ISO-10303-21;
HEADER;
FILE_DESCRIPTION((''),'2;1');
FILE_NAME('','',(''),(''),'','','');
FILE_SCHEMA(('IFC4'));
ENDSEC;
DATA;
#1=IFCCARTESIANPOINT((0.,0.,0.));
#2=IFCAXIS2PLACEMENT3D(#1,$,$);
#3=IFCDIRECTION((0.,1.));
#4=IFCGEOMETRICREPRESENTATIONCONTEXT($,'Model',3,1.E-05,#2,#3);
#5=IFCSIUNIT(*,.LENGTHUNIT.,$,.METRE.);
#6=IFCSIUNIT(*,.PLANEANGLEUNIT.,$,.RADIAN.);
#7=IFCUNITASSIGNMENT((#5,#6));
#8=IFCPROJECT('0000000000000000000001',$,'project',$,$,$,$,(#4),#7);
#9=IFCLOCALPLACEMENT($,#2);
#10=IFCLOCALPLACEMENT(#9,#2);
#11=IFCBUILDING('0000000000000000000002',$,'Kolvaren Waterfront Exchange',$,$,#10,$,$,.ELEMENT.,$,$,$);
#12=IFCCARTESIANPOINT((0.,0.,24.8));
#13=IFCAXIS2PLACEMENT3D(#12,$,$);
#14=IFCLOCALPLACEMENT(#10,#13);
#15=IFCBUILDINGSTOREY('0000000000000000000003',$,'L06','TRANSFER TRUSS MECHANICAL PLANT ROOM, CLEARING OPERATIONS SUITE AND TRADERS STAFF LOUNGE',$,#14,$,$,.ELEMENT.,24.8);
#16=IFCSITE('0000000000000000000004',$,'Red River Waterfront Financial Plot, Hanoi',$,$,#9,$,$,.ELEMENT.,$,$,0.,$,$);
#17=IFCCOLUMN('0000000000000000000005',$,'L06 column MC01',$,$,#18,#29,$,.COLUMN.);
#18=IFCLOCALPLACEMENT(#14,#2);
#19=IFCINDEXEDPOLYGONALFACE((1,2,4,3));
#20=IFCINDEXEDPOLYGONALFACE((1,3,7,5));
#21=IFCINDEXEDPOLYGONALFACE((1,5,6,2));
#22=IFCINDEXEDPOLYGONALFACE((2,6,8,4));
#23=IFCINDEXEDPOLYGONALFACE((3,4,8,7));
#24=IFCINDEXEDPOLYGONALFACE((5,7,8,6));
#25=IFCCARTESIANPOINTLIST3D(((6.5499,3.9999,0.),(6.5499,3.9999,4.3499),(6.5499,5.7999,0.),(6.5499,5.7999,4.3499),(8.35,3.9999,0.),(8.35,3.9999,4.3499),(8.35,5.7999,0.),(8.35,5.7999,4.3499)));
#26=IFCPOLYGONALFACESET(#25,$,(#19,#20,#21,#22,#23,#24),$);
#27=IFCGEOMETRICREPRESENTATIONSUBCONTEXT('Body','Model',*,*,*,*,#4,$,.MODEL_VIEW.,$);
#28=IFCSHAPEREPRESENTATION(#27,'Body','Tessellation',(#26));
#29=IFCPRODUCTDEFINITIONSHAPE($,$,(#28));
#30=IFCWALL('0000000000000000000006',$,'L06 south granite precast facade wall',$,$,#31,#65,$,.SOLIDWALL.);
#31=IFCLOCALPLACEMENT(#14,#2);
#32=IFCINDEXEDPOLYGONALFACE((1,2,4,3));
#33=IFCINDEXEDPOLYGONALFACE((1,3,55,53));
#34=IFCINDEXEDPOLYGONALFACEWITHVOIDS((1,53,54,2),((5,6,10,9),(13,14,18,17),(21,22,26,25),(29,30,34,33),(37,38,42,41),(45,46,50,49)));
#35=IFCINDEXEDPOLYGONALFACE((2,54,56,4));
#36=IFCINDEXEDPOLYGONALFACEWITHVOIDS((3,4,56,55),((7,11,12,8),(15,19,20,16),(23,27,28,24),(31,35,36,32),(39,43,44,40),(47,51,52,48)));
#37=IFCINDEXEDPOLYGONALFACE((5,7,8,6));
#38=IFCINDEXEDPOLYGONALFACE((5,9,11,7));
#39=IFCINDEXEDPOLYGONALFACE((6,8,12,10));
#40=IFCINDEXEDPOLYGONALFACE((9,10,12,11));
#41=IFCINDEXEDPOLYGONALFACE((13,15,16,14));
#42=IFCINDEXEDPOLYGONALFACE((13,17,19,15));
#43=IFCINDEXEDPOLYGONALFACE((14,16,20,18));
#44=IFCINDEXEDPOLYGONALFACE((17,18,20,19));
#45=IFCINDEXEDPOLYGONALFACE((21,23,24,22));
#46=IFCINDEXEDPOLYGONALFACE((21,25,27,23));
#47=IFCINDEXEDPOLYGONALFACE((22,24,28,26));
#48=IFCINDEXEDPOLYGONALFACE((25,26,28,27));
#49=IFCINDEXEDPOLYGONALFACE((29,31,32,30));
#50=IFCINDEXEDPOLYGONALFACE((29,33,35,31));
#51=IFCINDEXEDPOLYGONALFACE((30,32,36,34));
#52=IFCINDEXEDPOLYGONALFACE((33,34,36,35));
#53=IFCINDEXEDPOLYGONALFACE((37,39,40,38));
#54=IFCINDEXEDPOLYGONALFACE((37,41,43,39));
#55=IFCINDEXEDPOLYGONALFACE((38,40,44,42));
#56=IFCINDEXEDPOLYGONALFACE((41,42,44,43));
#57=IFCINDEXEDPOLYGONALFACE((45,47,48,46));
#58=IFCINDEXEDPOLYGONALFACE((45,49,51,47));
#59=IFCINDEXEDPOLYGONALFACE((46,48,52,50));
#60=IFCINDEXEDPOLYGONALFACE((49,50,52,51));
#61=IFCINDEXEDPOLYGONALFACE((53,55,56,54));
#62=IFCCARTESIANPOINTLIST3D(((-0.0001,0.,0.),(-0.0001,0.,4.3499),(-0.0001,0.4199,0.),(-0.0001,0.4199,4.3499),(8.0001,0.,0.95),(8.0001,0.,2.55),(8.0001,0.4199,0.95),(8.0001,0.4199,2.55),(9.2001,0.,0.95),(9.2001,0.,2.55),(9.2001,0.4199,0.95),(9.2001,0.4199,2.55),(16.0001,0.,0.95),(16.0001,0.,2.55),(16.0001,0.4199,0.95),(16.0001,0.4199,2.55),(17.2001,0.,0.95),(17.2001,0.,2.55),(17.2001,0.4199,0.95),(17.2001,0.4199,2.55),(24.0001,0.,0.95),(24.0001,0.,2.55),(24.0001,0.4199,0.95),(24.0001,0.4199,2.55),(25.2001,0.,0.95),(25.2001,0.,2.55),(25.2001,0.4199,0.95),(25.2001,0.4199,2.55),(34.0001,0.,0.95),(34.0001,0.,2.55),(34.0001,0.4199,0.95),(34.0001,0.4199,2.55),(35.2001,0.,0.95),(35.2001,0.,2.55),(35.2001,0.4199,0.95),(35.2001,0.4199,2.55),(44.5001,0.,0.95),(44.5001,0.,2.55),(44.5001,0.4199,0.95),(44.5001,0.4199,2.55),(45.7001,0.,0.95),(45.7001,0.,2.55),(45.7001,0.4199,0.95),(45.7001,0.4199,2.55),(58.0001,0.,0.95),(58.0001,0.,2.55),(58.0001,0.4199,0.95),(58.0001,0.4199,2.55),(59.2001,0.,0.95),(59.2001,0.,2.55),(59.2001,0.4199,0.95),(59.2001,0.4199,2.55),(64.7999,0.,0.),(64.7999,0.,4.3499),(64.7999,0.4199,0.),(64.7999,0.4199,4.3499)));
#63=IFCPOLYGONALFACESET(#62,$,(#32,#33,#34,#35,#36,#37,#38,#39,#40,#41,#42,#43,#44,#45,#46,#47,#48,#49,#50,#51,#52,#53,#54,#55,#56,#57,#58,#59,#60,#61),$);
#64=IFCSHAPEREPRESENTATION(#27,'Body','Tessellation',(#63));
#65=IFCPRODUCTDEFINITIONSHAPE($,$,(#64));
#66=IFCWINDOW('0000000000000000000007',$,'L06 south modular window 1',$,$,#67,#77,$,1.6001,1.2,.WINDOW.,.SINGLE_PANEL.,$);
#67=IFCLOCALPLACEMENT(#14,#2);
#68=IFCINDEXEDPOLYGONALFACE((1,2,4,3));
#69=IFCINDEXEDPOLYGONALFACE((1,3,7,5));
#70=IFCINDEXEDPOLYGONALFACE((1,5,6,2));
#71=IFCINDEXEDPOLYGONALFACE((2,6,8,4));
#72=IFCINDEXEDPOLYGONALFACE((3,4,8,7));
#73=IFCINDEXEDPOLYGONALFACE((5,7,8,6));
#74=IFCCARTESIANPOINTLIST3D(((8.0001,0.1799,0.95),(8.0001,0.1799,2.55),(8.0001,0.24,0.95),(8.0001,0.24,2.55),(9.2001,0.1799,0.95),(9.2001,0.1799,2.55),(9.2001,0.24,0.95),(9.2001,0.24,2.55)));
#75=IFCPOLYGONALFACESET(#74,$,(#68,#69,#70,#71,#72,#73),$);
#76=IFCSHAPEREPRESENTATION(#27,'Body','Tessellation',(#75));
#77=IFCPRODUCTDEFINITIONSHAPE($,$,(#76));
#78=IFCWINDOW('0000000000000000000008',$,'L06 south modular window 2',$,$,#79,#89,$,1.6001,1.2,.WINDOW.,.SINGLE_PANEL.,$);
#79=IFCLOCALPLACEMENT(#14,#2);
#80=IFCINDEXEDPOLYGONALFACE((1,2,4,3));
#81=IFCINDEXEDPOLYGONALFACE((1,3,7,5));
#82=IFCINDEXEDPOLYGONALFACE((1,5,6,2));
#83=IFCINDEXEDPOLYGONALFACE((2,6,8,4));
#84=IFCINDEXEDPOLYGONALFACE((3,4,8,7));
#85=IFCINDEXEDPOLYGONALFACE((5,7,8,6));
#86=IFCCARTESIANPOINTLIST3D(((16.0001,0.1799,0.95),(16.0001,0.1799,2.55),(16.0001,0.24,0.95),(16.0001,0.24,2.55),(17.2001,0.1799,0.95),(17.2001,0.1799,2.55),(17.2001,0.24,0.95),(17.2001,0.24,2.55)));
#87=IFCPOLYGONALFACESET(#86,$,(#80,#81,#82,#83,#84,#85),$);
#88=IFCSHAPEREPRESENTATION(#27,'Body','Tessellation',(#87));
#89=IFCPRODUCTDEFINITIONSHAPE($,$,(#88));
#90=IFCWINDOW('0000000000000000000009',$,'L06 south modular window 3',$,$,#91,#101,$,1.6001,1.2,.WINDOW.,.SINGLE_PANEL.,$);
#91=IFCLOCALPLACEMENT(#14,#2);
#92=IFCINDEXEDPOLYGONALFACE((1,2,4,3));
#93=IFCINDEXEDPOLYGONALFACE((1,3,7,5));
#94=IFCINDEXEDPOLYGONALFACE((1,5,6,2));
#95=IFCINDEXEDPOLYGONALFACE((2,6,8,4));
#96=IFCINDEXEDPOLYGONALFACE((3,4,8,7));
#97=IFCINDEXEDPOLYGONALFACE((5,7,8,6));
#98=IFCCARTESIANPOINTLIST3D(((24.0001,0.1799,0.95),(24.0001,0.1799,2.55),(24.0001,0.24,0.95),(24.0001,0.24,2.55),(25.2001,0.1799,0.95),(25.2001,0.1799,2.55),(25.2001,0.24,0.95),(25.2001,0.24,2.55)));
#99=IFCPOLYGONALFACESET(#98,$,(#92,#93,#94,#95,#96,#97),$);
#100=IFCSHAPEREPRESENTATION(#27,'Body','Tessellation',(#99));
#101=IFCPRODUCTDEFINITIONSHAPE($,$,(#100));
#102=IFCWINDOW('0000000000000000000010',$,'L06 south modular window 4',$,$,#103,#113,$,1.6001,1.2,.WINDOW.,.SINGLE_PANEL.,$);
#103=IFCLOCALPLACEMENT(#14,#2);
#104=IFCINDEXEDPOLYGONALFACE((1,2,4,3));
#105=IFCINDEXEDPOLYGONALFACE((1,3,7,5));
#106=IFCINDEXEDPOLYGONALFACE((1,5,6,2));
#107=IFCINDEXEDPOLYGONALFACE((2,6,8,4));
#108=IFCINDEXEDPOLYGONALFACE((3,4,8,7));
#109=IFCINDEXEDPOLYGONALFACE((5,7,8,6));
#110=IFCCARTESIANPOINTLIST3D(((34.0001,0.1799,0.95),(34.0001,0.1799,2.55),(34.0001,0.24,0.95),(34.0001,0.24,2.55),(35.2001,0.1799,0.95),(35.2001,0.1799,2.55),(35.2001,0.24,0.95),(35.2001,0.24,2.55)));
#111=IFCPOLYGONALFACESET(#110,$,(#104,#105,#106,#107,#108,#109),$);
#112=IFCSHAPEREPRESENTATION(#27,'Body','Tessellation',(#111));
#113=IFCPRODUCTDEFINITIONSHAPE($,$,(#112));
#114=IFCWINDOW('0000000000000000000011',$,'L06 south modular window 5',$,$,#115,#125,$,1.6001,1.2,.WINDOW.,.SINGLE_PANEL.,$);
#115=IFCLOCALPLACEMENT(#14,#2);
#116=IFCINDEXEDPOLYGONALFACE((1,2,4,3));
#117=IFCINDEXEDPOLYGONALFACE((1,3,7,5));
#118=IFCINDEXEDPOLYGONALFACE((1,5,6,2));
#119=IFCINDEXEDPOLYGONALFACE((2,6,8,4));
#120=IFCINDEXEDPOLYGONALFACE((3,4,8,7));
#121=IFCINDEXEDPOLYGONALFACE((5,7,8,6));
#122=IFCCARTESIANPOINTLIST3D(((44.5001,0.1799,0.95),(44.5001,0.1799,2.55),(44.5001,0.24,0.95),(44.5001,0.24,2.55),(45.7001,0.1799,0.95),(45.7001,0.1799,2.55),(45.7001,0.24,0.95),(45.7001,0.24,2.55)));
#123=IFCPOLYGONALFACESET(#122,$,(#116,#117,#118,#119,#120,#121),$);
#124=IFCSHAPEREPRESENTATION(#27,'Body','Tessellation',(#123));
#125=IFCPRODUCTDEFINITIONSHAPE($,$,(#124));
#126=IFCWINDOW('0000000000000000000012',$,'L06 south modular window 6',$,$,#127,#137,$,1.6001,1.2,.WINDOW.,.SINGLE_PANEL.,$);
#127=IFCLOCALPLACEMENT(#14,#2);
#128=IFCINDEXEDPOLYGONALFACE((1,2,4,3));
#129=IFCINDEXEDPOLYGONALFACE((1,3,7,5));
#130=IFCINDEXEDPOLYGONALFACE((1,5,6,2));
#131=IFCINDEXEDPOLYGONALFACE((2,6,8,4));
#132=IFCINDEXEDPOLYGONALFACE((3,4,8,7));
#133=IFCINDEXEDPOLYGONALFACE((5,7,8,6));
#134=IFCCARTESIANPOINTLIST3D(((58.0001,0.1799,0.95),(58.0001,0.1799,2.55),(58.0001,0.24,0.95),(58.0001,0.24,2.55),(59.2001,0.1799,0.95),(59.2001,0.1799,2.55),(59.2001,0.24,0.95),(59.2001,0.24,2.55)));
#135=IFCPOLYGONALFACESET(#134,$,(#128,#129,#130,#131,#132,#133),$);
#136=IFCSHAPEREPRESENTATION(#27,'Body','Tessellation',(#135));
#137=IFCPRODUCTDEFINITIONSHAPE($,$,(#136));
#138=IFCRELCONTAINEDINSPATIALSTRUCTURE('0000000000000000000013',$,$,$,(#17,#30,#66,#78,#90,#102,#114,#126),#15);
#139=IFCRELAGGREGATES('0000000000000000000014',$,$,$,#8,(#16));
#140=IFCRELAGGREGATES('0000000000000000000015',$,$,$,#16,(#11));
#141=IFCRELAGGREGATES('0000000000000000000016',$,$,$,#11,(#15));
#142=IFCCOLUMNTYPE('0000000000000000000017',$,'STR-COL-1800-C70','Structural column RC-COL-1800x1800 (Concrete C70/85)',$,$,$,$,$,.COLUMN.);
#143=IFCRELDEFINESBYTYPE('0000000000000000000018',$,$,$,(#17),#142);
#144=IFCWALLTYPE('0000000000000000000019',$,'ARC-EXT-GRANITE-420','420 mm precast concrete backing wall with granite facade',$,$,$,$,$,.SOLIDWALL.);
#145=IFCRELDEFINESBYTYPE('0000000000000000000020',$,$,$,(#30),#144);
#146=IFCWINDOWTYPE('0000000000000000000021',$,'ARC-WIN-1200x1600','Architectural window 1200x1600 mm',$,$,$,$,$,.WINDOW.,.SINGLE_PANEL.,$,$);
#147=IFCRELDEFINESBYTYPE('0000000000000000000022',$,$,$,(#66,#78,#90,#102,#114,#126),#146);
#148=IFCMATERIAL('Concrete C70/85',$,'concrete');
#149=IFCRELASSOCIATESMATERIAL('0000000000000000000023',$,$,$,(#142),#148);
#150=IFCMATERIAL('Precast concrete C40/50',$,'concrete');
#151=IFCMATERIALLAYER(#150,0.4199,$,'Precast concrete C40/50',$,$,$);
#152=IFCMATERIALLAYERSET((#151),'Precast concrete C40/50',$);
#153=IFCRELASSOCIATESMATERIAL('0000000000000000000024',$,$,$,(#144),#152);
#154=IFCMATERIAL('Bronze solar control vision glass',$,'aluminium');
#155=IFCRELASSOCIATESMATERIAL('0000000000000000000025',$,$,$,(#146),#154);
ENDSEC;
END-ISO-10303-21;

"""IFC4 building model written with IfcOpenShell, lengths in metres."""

from ifc_helpers import new_model, si_unit, direction, frame, frame_2d, origin, origin_2d, place, context, subcontext, project, spatial, rectangle, extrude, material, layer, layer_set, material_profile, profile_set, type_object, element, fill, save


model = new_model("IFC4")

# Units and contexts
model_context = context("Model", 3, precision=1e-05, world=origin(), true_north=direction((0.0, 1.0)))
body_context = subcontext(model_context, "Body", "Model", "MODEL_VIEW")
ifc_project = project(units=[si_unit("LENGTHUNIT", "METRE"), si_unit("PLANEANGLEUNIT", "RADIAN")], contexts=[model_context])

# Site, building, storey
site_placement = place(None, origin())
site = spatial("IfcSite", under=ifc_project, at=site_placement, Name="Red River Waterfront Financial Plot, Hanoi", CompositionType="ELEMENT", RefElevation=0.0)
building_placement = place(site_placement, origin())
building = spatial("IfcBuilding", under=site, at=building_placement, Name="Kolvaren Waterfront Exchange", CompositionType="ELEMENT")
storey_placement = place(building_placement, frame((0.0, 0.0, 24.8)))
storey = spatial("IfcBuildingStorey", under=building, at=storey_placement, Name="L06", Description="TRANSFER TRUSS MECHANICAL PLANT ROOM, CLEARING OPERATIONS SUITE AND TRADERS STAFF LOUNGE", CompositionType="ELEMENT", Elevation=24.8)

# Column
ifc_material_1 = material(Name="Concrete C70/85", Category="concrete")
ifc_material_profile = material_profile(ifc_material_1, rectangle(XDim=1.8, YDim=1.8, at=origin_2d()), Name="RC-COL-1800x1800")
ifc_profile_set = profile_set([ifc_material_profile], Name="Concrete C70/85")
column_type = type_object("IfcColumnType", Name="STR-COL-1800-C70", Description="Structural column RC-COL-1800x1800 (Concrete C70/85)", PredefinedType="COLUMN", material=ifc_profile_set)
column_placement = place(storey_placement, frame((7.45, 4.8999, 0.0), z_axis=(0.0, 0.0, 1.0), x_axis=(1.0, 0.0, 0.0)))
element("IfcColumn", 1, at=column_placement, inside=storey, type_object=column_type, Name="L06 column MC01", PredefinedType="COLUMN", context=body_context, shape_type="SweptSolid", body=[
    extrude(rectangle(XDim=1.8, YDim=1.8, at=origin_2d()), origin(), (0.0, 0.0, 1.0), 4.3499),
])

# Wall, openings, windows
ifc_material_2 = material(Name="Precast concrete C40/50", Category="concrete")
ifc_layer_1 = layer(ifc_material_2, 0.4199, Name="Precast concrete C40/50")
ifc_layer_set_1 = layer_set([ifc_layer_1], Name="Precast concrete C40/50")
wall_type_1 = type_object("IfcWallType", Name="ARC-EXT-GRANITE-420", Description="420 mm precast concrete backing wall with granite facade", PredefinedType="SOLIDWALL", material=ifc_layer_set_1)
wall_1_placement = place(storey_placement, frame((0.0, 0.21, 0.0), z_axis=(0.0, 0.0, 1.0), x_axis=(1.0, 0.0, 0.0)))
wall_1 = element("IfcWall", 2, at=wall_1_placement, inside=storey, type_object=wall_type_1, Name="L06 south granite precast facade wall", PredefinedType="SOLIDWALL", context=body_context, shape_type="SweptSolid", body=[
    extrude(rectangle(XDim=64.8, YDim=0.4199, at=frame_2d((32.3999, 0.0))), origin(), (0.0, 0.0, 1.0), 4.3499),
])
opening_1_placement = place(wall_1_placement, frame((8.0, 0.0, 0.95)))
opening_1 = element("IfcOpeningElement", 3, at=opening_1_placement, cuts=wall_1, PredefinedType="OPENING", context=body_context, shape_type="SweptSolid", body=[
    extrude(rectangle(XDim=1.2, YDim=1.6001, at=frame_2d((0.6001, 0.8))), frame((0.0, 0.22, 0.0), z_axis=(0.0, -1.0, 0.0), x_axis=(1.0, 0.0, 0.0)), (0.0, 0.0, 1.0), 0.4399),
])
opening_2_placement = place(wall_1_placement, frame((16.0, 0.0, 0.95)))
opening_2 = element("IfcOpeningElement", 4, at=opening_2_placement, cuts=wall_1, PredefinedType="OPENING", context=body_context, shape_type="SweptSolid", body=[
    extrude(rectangle(XDim=1.2, YDim=1.6001, at=frame_2d((0.6001, 0.8))), frame((0.0, 0.22, 0.0), z_axis=(0.0, -1.0, 0.0), x_axis=(1.0, 0.0, 0.0)), (0.0, 0.0, 1.0), 0.4399),
])
opening_3_placement = place(wall_1_placement, frame((24.0, 0.0, 0.95)))
opening_3 = element("IfcOpeningElement", 5, at=opening_3_placement, cuts=wall_1, PredefinedType="OPENING", context=body_context, shape_type="SweptSolid", body=[
    extrude(rectangle(XDim=1.2, YDim=1.6001, at=frame_2d((0.6001, 0.8))), frame((0.0, 0.22, 0.0), z_axis=(0.0, -1.0, 0.0), x_axis=(1.0, 0.0, 0.0)), (0.0, 0.0, 1.0), 0.4399),
])
opening_4_placement = place(wall_1_placement, frame((34.0, 0.0, 0.95)))
opening_4 = element("IfcOpeningElement", 6, at=opening_4_placement, cuts=wall_1, PredefinedType="OPENING", context=body_context, shape_type="SweptSolid", body=[
    extrude(rectangle(XDim=1.2, YDim=1.6001, at=frame_2d((0.6001, 0.8))), frame((0.0, 0.22, 0.0), z_axis=(0.0, -1.0, 0.0), x_axis=(1.0, 0.0, 0.0)), (0.0, 0.0, 1.0), 0.4399),
])
opening_5_placement = place(wall_1_placement, frame((44.5, 0.0, 0.95)))
opening_5 = element("IfcOpeningElement", 7, at=opening_5_placement, cuts=wall_1, PredefinedType="OPENING", context=body_context, shape_type="SweptSolid", body=[
    extrude(rectangle(XDim=1.2, YDim=1.6001, at=frame_2d((0.6001, 0.8))), frame((0.0, 0.22, 0.0), z_axis=(0.0, -1.0, 0.0), x_axis=(1.0, 0.0, 0.0)), (0.0, 0.0, 1.0), 0.4399),
])
opening_6_placement = place(wall_1_placement, frame((58.0, 0.0, 0.95)))
opening_6 = element("IfcOpeningElement", 8, at=opening_6_placement, cuts=wall_1, PredefinedType="OPENING", context=body_context, shape_type="SweptSolid", body=[
    extrude(rectangle(XDim=1.2, YDim=1.6001, at=frame_2d((0.6001, 0.8))), frame((0.0, 0.22, 0.0), z_axis=(0.0, -1.0, 0.0), x_axis=(1.0, 0.0, 0.0)), (0.0, 0.0, 1.0), 0.4399),
])
ifc_material_3 = material(Name="Bronze solar control vision glass", Category="aluminium")
window_type = type_object("IfcWindowType", Name="ARC-WIN-1200x1600", Description="Architectural window 1200x1600 mm", PartitioningType="SINGLE_PANEL", PredefinedType="WINDOW", material=ifc_material_3)
window_1_placement = place(opening_1_placement, origin())
window_1 = element("IfcWindow", 9, at=window_1_placement, inside=storey, type_object=window_type, Name="L06 south modular window 1", OverallHeight=1.6001, OverallWidth=1.2, PartitioningType="SINGLE_PANEL", PredefinedType="WINDOW", context=body_context, shape_type="SweptSolid", body=[
    extrude(rectangle(XDim=1.2, YDim=1.6001, at=frame_2d((0.6001, 0.8))), frame((0.0, 0.03, 0.0), z_axis=(0.0, -1.0, 0.0), x_axis=(1.0, 0.0, 0.0)), (0.0, 0.0, 1.0), 0.0601),
])
fill(opening_1, window_1)
window_2_placement = place(opening_2_placement, origin())
window_2 = element("IfcWindow", 10, at=window_2_placement, inside=storey, type_object=window_type, Name="L06 south modular window 2", OverallHeight=1.6001, OverallWidth=1.2, PartitioningType="SINGLE_PANEL", PredefinedType="WINDOW", context=body_context, shape_type="SweptSolid", body=[
    extrude(rectangle(XDim=1.2, YDim=1.6001, at=frame_2d((0.6001, 0.8))), frame((0.0, 0.03, 0.0), z_axis=(0.0, -1.0, 0.0), x_axis=(1.0, 0.0, 0.0)), (0.0, 0.0, 1.0), 0.0601),
])
fill(opening_2, window_2)
window_3_placement = place(opening_3_placement, origin())
window_3 = element("IfcWindow", 11, at=window_3_placement, inside=storey, type_object=window_type, Name="L06 south modular window 3", OverallHeight=1.6001, OverallWidth=1.2, PartitioningType="SINGLE_PANEL", PredefinedType="WINDOW", context=body_context, shape_type="SweptSolid", body=[
    extrude(rectangle(XDim=1.2, YDim=1.6001, at=frame_2d((0.6001, 0.8))), frame((0.0, 0.03, 0.0), z_axis=(0.0, -1.0, 0.0), x_axis=(1.0, 0.0, 0.0)), (0.0, 0.0, 1.0), 0.0601),
])
fill(opening_3, window_3)
window_4_placement = place(opening_4_placement, origin())
window_4 = element("IfcWindow", 12, at=window_4_placement, inside=storey, type_object=window_type, Name="L06 south modular window 4", OverallHeight=1.6001, OverallWidth=1.2, PartitioningType="SINGLE_PANEL", PredefinedType="WINDOW", context=body_context, shape_type="SweptSolid", body=[
    extrude(rectangle(XDim=1.2, YDim=1.6001, at=frame_2d((0.6001, 0.8))), frame((0.0, 0.03, 0.0), z_axis=(0.0, -1.0, 0.0), x_axis=(1.0, 0.0, 0.0)), (0.0, 0.0, 1.0), 0.0601),
])
fill(opening_4, window_4)
window_5_placement = place(opening_5_placement, origin())
window_5 = element("IfcWindow", 13, at=window_5_placement, inside=storey, type_object=window_type, Name="L06 south modular window 5", OverallHeight=1.6001, OverallWidth=1.2, PartitioningType="SINGLE_PANEL", PredefinedType="WINDOW", context=body_context, shape_type="SweptSolid", body=[
    extrude(rectangle(XDim=1.2, YDim=1.6001, at=frame_2d((0.6001, 0.8))), frame((0.0, 0.03, 0.0), z_axis=(0.0, -1.0, 0.0), x_axis=(1.0, 0.0, 0.0)), (0.0, 0.0, 1.0), 0.0601),
])
fill(opening_5, window_5)
window_6_placement = place(opening_6_placement, origin())
window_6 = element("IfcWindow", 14, at=window_6_placement, inside=storey, type_object=window_type, Name="L06 south modular window 6", OverallHeight=1.6001, OverallWidth=1.2, PartitioningType="SINGLE_PANEL", PredefinedType="WINDOW", context=body_context, shape_type="SweptSolid", body=[
    extrude(rectangle(XDim=1.2, YDim=1.6001, at=frame_2d((0.6001, 0.8))), frame((0.0, 0.03, 0.0), z_axis=(0.0, -1.0, 0.0), x_axis=(1.0, 0.0, 0.0)), (0.0, 0.0, 1.0), 0.0601),
])
fill(opening_6, window_6)

save(model, "model.ifc")
